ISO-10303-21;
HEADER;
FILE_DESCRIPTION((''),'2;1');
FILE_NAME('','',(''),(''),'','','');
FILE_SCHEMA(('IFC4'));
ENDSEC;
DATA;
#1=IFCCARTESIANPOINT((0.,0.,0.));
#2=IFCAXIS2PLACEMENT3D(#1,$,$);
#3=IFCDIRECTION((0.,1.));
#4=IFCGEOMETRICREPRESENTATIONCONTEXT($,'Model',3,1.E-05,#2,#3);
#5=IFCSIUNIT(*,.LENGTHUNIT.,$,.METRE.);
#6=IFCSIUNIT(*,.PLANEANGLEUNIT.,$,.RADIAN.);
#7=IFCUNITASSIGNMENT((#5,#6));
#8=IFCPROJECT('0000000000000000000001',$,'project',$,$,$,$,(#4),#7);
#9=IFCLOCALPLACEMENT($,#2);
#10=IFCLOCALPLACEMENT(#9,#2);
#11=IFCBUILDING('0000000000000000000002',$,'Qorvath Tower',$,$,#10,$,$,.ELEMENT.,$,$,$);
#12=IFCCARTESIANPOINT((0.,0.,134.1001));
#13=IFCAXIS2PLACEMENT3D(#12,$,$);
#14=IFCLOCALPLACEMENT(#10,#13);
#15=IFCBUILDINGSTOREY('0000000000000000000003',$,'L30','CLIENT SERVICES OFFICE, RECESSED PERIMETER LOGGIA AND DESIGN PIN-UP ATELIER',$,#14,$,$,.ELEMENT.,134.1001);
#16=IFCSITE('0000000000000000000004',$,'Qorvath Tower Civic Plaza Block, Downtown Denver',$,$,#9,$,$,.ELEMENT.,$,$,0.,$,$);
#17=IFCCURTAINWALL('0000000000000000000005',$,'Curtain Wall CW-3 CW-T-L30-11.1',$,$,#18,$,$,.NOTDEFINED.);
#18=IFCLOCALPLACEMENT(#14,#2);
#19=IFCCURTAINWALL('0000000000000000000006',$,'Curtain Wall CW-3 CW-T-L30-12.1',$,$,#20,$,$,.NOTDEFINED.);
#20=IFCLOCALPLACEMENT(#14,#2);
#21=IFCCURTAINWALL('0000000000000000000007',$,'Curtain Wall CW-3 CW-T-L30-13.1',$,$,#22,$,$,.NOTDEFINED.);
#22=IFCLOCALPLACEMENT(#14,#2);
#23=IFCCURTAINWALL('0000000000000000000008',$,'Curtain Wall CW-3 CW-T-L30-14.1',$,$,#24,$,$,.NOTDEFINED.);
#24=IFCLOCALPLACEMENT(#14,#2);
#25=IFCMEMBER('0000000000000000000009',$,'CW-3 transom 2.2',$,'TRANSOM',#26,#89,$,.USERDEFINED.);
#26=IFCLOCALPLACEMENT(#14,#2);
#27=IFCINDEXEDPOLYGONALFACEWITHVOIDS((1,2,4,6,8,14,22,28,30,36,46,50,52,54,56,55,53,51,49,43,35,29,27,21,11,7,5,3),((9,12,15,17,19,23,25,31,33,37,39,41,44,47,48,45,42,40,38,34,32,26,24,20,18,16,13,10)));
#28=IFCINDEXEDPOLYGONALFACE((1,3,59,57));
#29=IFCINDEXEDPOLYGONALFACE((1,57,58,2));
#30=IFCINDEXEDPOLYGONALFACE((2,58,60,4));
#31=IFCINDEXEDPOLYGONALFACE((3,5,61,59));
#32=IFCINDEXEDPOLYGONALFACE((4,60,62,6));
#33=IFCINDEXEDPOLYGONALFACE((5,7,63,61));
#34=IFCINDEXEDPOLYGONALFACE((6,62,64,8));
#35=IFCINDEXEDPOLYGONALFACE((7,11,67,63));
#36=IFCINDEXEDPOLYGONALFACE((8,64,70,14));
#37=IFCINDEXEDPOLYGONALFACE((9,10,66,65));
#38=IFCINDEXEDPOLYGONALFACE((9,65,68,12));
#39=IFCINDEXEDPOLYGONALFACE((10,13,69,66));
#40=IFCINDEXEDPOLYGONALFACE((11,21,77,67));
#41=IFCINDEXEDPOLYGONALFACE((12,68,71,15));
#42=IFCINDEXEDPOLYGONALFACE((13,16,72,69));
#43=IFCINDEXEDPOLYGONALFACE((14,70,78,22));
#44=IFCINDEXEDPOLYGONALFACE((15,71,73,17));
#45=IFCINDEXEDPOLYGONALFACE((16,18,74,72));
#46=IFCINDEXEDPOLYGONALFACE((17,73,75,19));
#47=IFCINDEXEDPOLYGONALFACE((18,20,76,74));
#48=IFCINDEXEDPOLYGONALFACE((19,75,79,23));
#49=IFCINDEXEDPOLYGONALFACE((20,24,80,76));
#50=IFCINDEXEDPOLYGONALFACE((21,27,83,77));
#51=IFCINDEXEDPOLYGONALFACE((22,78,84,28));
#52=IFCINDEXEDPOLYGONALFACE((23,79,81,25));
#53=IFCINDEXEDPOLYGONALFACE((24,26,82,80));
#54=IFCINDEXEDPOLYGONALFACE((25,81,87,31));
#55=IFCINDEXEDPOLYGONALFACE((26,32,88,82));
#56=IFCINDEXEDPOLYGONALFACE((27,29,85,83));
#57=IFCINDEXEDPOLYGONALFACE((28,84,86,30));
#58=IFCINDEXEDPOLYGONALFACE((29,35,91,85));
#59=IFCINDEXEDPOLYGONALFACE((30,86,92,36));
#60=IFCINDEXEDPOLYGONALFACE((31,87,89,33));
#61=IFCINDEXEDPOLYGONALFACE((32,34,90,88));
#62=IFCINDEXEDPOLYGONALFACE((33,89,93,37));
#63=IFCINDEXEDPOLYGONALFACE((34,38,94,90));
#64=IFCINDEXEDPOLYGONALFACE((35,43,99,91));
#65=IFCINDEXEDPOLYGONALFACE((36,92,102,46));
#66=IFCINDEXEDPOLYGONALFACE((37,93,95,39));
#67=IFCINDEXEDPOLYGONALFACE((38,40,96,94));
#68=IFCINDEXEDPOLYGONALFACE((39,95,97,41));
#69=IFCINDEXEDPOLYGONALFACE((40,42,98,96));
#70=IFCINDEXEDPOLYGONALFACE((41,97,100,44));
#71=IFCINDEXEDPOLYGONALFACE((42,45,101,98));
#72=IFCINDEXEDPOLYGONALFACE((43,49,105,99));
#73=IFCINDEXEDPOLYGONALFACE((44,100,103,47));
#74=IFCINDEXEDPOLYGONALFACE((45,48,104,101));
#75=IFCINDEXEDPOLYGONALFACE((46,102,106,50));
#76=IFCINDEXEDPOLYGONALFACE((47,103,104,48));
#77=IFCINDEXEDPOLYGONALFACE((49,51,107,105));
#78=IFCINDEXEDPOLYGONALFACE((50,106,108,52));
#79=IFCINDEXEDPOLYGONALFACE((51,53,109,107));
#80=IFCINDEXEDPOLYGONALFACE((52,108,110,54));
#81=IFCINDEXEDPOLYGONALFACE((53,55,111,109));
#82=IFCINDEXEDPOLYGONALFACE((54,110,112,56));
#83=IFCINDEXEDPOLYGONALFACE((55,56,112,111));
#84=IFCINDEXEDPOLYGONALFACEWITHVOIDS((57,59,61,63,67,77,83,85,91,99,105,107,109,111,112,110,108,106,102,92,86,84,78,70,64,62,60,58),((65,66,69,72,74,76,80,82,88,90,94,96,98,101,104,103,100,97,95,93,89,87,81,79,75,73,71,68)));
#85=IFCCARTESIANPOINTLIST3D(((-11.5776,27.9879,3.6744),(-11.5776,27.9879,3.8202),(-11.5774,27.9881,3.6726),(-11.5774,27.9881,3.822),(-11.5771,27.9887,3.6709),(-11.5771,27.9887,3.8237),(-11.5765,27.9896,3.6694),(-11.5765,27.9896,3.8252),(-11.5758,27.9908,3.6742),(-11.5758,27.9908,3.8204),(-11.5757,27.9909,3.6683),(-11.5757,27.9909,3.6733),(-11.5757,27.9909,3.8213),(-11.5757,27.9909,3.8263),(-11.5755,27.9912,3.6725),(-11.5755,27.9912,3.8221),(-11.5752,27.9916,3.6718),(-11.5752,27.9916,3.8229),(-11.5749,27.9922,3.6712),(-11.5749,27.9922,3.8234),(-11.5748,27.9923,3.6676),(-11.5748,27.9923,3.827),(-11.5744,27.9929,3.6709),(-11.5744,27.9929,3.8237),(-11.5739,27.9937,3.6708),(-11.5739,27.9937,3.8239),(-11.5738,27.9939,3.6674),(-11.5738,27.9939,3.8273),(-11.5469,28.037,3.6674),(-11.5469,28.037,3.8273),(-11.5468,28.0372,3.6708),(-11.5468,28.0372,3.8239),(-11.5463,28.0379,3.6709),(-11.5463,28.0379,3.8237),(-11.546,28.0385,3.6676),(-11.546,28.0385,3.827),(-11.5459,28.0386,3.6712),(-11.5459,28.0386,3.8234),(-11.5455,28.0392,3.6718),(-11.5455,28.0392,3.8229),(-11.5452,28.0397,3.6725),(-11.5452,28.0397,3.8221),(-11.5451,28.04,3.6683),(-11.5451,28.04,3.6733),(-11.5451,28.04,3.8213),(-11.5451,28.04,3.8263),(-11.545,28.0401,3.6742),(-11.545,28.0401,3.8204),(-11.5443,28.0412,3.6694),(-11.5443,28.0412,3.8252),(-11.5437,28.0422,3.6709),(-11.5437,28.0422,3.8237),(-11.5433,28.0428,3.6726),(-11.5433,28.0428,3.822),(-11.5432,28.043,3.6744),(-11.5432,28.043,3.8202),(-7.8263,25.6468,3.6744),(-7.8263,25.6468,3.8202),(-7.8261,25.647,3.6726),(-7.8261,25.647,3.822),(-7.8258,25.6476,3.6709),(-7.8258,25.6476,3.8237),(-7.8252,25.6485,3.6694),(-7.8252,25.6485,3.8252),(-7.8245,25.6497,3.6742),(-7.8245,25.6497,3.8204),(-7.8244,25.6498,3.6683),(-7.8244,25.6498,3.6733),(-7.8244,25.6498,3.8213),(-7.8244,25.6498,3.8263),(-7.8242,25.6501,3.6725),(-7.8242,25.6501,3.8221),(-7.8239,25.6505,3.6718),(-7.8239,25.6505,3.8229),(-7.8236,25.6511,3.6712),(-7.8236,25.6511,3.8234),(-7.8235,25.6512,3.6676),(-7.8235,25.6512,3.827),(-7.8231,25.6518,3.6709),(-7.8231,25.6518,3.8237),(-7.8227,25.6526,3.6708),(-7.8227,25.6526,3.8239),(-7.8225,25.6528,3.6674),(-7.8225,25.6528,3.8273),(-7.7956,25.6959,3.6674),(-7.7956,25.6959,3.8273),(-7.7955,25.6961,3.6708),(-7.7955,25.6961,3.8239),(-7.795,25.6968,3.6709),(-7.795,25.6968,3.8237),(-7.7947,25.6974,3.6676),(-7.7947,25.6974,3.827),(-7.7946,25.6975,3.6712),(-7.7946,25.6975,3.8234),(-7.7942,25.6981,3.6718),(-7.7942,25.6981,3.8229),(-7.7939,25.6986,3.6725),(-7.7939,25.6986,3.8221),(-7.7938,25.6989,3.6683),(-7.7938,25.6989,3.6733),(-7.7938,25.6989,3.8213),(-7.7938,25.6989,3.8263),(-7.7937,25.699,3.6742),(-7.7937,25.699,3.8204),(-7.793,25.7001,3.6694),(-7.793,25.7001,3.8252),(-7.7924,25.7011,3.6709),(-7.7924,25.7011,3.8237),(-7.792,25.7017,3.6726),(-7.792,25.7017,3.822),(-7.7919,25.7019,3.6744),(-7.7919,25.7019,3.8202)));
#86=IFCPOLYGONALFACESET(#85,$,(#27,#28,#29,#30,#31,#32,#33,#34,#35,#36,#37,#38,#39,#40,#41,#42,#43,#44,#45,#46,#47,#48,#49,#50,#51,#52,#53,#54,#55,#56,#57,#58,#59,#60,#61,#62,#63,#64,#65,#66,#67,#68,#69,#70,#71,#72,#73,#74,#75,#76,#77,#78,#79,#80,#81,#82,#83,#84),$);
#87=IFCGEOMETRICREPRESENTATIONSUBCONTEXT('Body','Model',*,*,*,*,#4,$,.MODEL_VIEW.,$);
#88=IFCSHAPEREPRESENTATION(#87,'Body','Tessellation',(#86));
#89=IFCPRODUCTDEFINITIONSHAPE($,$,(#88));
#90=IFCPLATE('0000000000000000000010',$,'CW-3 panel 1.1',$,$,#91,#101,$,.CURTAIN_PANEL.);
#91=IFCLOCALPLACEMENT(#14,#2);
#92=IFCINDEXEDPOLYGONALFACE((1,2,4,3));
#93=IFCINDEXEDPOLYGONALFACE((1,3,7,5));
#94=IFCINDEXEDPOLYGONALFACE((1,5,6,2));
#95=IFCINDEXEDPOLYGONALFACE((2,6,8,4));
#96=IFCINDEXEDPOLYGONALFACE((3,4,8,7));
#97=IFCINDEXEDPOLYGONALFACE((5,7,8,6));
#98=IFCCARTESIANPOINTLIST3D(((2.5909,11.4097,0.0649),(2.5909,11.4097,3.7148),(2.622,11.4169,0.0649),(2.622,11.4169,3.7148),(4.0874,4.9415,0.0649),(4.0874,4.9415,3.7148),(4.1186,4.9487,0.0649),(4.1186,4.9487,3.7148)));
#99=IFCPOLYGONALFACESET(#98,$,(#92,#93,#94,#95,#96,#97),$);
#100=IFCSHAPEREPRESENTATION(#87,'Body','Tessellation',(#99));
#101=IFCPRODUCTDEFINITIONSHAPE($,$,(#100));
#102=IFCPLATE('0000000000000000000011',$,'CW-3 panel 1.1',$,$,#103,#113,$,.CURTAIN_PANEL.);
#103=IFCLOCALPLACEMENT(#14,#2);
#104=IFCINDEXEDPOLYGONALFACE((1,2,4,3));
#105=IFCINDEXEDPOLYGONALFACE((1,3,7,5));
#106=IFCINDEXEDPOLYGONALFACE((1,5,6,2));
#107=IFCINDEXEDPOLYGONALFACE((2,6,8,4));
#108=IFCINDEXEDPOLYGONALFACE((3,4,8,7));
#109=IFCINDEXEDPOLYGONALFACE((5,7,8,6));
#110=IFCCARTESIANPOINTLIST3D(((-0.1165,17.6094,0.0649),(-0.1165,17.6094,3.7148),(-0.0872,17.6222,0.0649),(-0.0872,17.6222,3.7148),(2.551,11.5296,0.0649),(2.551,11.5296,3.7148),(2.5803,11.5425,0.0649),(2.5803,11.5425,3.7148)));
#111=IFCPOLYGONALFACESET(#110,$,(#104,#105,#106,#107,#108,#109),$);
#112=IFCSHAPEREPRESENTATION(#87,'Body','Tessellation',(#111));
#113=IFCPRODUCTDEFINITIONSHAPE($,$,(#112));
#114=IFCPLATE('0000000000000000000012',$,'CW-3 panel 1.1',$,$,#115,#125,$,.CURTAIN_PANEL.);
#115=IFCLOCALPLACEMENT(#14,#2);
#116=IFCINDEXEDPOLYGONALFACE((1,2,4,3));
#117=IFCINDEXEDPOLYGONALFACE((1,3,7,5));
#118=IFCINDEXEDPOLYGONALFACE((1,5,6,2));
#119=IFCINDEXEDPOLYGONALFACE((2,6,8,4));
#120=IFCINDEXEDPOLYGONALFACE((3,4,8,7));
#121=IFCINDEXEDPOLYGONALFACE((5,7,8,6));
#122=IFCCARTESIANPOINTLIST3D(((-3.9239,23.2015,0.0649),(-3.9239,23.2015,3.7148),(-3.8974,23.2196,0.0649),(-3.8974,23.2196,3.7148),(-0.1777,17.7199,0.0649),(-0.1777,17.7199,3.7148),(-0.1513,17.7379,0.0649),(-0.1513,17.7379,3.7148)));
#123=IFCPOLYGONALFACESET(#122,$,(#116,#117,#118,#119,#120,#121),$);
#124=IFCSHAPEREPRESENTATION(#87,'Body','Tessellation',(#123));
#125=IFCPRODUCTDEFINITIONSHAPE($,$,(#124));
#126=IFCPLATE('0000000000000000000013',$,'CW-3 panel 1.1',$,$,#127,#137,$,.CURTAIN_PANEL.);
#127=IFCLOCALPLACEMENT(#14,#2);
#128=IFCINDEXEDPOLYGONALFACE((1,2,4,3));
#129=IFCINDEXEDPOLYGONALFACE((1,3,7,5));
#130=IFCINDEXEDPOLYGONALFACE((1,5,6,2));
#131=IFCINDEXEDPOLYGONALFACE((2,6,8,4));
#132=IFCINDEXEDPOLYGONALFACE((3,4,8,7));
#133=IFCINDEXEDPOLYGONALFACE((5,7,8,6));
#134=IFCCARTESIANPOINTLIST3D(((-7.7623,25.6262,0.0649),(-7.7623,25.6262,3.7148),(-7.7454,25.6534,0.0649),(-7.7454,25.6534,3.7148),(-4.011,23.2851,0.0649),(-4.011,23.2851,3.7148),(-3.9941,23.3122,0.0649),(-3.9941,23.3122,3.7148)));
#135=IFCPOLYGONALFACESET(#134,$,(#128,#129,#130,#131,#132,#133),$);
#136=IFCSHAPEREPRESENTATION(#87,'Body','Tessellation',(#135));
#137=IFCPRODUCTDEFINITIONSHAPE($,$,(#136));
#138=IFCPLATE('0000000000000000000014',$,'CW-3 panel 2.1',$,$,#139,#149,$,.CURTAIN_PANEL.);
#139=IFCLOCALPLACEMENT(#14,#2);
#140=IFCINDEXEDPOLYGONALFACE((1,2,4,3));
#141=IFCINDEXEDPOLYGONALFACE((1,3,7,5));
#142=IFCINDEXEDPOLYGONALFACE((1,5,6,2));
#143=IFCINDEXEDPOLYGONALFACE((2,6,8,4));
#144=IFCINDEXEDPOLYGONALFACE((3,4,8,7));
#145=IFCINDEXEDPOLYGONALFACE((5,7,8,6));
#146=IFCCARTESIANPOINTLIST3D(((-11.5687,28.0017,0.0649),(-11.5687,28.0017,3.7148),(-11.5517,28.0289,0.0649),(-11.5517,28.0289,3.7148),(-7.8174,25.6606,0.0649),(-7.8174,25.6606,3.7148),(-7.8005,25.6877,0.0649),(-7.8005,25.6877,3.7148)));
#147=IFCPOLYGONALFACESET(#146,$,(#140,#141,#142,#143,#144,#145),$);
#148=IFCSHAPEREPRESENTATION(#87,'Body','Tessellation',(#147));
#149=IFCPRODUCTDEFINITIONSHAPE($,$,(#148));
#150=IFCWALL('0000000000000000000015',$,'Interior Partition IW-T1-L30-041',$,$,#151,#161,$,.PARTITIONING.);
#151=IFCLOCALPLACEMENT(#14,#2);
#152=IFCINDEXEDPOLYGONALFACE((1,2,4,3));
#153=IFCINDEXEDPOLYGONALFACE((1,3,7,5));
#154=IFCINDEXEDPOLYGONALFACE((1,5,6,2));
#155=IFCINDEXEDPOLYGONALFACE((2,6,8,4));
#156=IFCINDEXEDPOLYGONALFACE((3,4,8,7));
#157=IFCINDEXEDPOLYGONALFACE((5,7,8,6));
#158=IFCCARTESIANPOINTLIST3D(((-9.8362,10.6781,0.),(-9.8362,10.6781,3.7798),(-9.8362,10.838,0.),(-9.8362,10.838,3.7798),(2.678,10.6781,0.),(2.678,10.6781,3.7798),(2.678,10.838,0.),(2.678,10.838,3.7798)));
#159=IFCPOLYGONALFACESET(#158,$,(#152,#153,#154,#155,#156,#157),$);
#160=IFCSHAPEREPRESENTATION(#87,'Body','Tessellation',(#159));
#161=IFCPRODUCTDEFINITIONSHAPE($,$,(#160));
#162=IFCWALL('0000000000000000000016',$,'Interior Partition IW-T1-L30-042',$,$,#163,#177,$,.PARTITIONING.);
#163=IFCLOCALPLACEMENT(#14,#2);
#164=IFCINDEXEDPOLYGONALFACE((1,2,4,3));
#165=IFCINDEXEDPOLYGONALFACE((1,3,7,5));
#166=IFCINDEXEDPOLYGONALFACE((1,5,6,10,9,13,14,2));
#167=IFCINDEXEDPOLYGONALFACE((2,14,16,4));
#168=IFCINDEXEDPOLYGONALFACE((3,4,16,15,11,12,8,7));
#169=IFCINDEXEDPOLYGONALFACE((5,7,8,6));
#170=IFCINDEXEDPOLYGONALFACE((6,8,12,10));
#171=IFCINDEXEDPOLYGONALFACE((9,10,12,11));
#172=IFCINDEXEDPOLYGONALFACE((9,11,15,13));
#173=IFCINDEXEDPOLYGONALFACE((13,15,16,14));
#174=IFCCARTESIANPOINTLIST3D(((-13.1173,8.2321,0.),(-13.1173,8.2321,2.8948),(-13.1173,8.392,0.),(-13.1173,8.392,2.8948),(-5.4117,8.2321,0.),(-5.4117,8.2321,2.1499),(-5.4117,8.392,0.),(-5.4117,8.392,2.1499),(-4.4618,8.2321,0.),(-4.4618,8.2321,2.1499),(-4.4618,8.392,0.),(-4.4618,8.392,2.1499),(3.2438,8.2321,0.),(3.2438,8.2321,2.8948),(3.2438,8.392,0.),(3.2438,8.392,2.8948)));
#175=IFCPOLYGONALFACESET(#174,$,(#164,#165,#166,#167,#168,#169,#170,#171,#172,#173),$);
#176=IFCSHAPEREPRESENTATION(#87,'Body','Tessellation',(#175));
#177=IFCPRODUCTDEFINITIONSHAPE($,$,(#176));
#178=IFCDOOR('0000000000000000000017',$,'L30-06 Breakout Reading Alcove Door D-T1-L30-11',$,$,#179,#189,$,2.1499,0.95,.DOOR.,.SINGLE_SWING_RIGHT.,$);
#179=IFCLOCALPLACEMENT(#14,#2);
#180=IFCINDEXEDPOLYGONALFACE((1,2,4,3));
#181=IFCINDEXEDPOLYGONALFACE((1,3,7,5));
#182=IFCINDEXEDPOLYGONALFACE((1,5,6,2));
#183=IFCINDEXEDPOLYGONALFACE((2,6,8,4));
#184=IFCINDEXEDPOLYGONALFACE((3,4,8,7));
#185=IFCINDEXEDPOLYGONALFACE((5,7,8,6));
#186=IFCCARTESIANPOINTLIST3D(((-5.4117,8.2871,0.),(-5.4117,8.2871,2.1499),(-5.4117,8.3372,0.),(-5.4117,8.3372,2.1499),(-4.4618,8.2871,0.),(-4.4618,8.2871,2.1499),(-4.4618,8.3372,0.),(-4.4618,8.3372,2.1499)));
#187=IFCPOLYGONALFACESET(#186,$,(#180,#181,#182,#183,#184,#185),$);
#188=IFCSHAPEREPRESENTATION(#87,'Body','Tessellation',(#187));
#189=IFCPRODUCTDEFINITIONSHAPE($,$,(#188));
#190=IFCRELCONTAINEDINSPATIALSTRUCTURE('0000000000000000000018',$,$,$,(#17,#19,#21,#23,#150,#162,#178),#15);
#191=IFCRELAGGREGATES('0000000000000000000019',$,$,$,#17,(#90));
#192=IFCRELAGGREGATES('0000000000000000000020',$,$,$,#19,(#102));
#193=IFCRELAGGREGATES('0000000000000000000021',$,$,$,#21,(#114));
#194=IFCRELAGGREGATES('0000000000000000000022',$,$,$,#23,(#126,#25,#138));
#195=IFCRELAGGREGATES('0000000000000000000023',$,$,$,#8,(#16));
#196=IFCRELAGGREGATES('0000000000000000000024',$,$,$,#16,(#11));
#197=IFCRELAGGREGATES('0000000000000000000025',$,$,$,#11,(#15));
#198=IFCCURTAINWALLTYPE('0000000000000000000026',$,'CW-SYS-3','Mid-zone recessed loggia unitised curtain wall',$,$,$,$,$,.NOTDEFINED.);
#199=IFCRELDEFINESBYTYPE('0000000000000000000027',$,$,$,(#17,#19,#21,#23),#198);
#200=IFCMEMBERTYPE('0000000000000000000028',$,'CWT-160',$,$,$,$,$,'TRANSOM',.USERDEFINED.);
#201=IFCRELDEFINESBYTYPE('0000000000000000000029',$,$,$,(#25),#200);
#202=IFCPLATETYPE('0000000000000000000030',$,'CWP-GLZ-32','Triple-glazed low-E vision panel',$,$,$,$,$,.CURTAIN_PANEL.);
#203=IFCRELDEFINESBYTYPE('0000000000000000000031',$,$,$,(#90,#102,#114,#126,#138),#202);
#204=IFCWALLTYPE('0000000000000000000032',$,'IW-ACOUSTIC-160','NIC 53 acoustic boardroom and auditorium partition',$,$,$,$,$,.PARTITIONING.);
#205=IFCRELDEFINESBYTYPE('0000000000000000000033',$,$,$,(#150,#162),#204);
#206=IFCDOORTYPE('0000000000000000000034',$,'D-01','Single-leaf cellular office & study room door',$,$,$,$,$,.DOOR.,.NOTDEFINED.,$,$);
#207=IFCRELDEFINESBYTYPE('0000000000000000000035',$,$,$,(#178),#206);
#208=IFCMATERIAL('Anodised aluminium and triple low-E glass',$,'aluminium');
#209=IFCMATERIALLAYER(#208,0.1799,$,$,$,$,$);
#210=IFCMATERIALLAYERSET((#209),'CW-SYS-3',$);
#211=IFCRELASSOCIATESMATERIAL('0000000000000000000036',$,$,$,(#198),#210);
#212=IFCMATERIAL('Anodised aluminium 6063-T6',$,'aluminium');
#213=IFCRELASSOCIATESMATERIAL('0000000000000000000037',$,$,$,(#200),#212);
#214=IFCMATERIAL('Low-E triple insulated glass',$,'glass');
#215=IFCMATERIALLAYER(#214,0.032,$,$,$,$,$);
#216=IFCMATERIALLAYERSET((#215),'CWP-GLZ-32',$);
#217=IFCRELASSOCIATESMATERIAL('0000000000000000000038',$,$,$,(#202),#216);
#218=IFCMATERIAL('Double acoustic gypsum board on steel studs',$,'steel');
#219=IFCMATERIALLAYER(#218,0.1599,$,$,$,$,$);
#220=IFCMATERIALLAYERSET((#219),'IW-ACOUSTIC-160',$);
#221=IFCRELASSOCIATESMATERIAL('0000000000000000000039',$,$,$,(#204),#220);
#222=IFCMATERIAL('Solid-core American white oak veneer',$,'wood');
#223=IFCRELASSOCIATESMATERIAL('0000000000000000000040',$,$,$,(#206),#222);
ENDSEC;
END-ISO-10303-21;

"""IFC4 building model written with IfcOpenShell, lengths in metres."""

from ifc_helpers import new_model, si_unit, direction, frame, frame_2d, origin, origin_2d, place, context, subcontext, project, spatial, rectangle, hollow_rectangle, extrude, material, layer, layer_set, material_profile, profile_set, type_object, element, fill, aggregate, save


model = new_model("IFC4")

# Units and contexts
model_context = context("Model", 3, precision=1e-05, world=origin(), true_north=direction((0.0, 1.0)))
body_context = subcontext(model_context, "Body", "Model", "MODEL_VIEW")
ifc_project = project(units=[si_unit("LENGTHUNIT", "METRE"), si_unit("PLANEANGLEUNIT", "RADIAN")], contexts=[model_context])

# Site, building, storey
site_placement = place(None, origin())
site = spatial("IfcSite", under=ifc_project, at=site_placement, Name="Qorvath Tower Civic Plaza Block, Downtown Denver", CompositionType="ELEMENT", RefElevation=0.0)
building_placement = place(site_placement, origin())
building = spatial("IfcBuilding", under=site, at=building_placement, Name="Qorvath Tower", CompositionType="ELEMENT")
storey_placement = place(building_placement, frame((0.0, 0.0, 134.1001)))
storey = spatial("IfcBuildingStorey", under=building, at=storey_placement, Name="L30", Description="CLIENT SERVICES OFFICE, RECESSED PERIMETER LOGGIA AND DESIGN PIN-UP ATELIER", CompositionType="ELEMENT", Elevation=134.1001)

# Curtain wall
ifc_material_1 = material(Name="Anodised aluminium and triple low-E glass", Category="aluminium")
ifc_layer_1 = layer(ifc_material_1, 0.1799)
ifc_layer_set_1 = layer_set([ifc_layer_1], Name="CW-SYS-3")
curtain_wall_type = type_object("IfcCurtainWallType", Name="CW-SYS-3", Description="Mid-zone recessed loggia unitised curtain wall", PredefinedType="NOTDEFINED", material=ifc_layer_set_1)
curtain_wall_1_placement = place(storey_placement, origin())
curtain_wall_1 = element("IfcCurtainWall", 1, at=curtain_wall_1_placement, inside=storey, type_object=curtain_wall_type, Name="Curtain Wall CW-3 CW-T-L30-11.1", PredefinedType="NOTDEFINED")

# Curtain walls
curtain_wall_2_placement = place(storey_placement, origin())
curtain_wall_2 = element("IfcCurtainWall", 2, at=curtain_wall_2_placement, inside=storey, type_object=curtain_wall_type, Name="Curtain Wall CW-3 CW-T-L30-12.1", PredefinedType="NOTDEFINED")
curtain_wall_3_placement = place(storey_placement, origin())
curtain_wall_3 = element("IfcCurtainWall", 3, at=curtain_wall_3_placement, inside=storey, type_object=curtain_wall_type, Name="Curtain Wall CW-3 CW-T-L30-13.1", PredefinedType="NOTDEFINED")
curtain_wall_4_placement = place(storey_placement, origin())
curtain_wall_4 = element("IfcCurtainWall", 4, at=curtain_wall_4_placement, inside=storey, type_object=curtain_wall_type, Name="Curtain Wall CW-3 CW-T-L30-14.1", PredefinedType="NOTDEFINED")

# Member
ifc_material_2 = material(Name="Anodised aluminium 6063-T6", Category="aluminium")
ifc_material_profile_1 = material_profile(ifc_material_2, hollow_rectangle(XDim=0.0649, YDim=0.1599, WallThickness=0.0034, InnerFilletRadius=0.0034, OuterFilletRadius=0.0071, at=origin_2d()), Name="CWT 160x65")
ifc_profile_set_1 = profile_set([ifc_material_profile_1], Name="Anodised aluminium 6063-T6")
member_type_1 = type_object("IfcMemberType", Name="CWT-160", ElementType="TRANSOM", PredefinedType="USERDEFINED", material=ifc_profile_set_1)
member_1_placement = place(storey_placement, frame((-7.8091, 25.6743, 3.7473), z_axis=(-0.848349, 0.529438, 0.0), x_axis=(-0.529438, -0.848349, 0.0)))
member_1 = element("IfcMember", 5, at=member_1_placement, type_object=member_type_1, Name="CW-3 transom 2.2", ObjectType="TRANSOM", PredefinedType="USERDEFINED", context=body_context, shape_type="SweptSolid", body=[
    extrude(hollow_rectangle(XDim=0.0649, YDim=0.1599, WallThickness=0.0034, InnerFilletRadius=0.0034, OuterFilletRadius=0.0071, at=origin_2d()), origin(), (0.0, 0.0, 1.0), 4.4219),
])

# Plates
ifc_material_3 = material(Name="Low-E triple insulated glass", Category="glass")
ifc_layer_2 = layer(ifc_material_3, 0.032)
ifc_layer_set_2 = layer_set([ifc_layer_2], Name="CWP-GLZ-32")
plate_type = type_object("IfcPlateType", Name="CWP-GLZ-32", Description="Triple-glazed low-E vision panel", PredefinedType="CURTAIN_PANEL", material=ifc_layer_set_2)
plate_1_placement = place(storey_placement, frame((3.3547, 8.1792, 0.0649), z_axis=(0.0, 0.0, 1.0), x_axis=(-0.225417, 0.974262, 0.0)))
plate_1 = element("IfcPlate", 6, at=plate_1_placement, type_object=plate_type, Name="CW-3 panel 1.1", PredefinedType="CURTAIN_PANEL", context=body_context, shape_type="SweptSolid", body=[
    extrude(rectangle(XDim=6.6392, YDim=0.032, at=origin_2d()), origin(), (0.0, 0.0, 1.0), 3.6499),
])
aggregate(curtain_wall_1, [plate_1])
plate_2_placement = place(storey_placement, frame((1.2319, 14.5759, 0.0649), z_axis=(0.0, 0.0, 1.0), x_axis=(-0.401782, 0.915735, 0.0)))
plate_2 = element("IfcPlate", 7, at=plate_2_placement, type_object=plate_type, Name="CW-3 panel 1.1", PredefinedType="CURTAIN_PANEL", context=body_context, shape_type="SweptSolid", body=[
    extrude(rectangle(XDim=6.6392, YDim=0.032, at=origin_2d()), origin(), (0.0, 0.0, 1.0), 3.6499),
])
aggregate(curtain_wall_2, [plate_2])
plate_3_placement = place(storey_placement, frame((-2.0376, 20.4697, 0.0649), z_axis=(0.0, 0.0, 1.0), x_axis=(-0.564223, 0.825623, 0.0)))
plate_3 = element("IfcPlate", 8, at=plate_3_placement, type_object=plate_type, Name="CW-3 panel 1.1", PredefinedType="CURTAIN_PANEL", context=body_context, shape_type="SweptSolid", body=[
    extrude(rectangle(XDim=6.6394, YDim=0.032, at=origin_2d()), origin(), (0.0, 0.0, 1.0), 3.6499),
])
aggregate(curtain_wall_3, [plate_3])
plate_4_placement = place(storey_placement, frame((-5.8782, 24.4692, 0.0649), z_axis=(0.0, 0.0, 1.0), x_axis=(-0.848347, 0.52944, 0.0)))
plate_4 = element("IfcPlate", 9, at=plate_4_placement, type_object=plate_type, Name="CW-3 panel 1.1", PredefinedType="CURTAIN_PANEL", context=body_context, shape_type="SweptSolid", body=[
    extrude(rectangle(XDim=4.4219, YDim=0.032, at=origin_2d()), origin(), (0.0, 0.0, 1.0), 3.6499),
])
plate_5_placement = place(storey_placement, frame((-9.6846, 26.8447, 0.0649), z_axis=(0.0, 0.0, 1.0), x_axis=(-0.848347, 0.52944, 0.0)))
plate_5 = element("IfcPlate", 10, at=plate_5_placement, type_object=plate_type, Name="CW-3 panel 2.1", PredefinedType="CURTAIN_PANEL", context=body_context, shape_type="SweptSolid", body=[
    extrude(rectangle(XDim=4.4219, YDim=0.032, at=origin_2d()), origin(), (0.0, 0.0, 1.0), 3.6499),
])
aggregate(curtain_wall_4, [plate_4, member_1, plate_5])

# Wall
ifc_material_4 = material(Name="Double acoustic gypsum board on steel studs", Category="steel")
ifc_layer_3 = layer(ifc_material_4, 0.1599)
ifc_layer_set_3 = layer_set([ifc_layer_3], Name="IW-ACOUSTIC-160")
wall_type = type_object("IfcWallType", Name="IW-ACOUSTIC-160", Description="NIC 53 acoustic boardroom and auditorium partition", PredefinedType="PARTITIONING", material=ifc_layer_set_3)
wall_1_placement = place(storey_placement, frame((2.678, 10.7581, 0.0), z_axis=(0.0, 0.0, 1.0), x_axis=(-1.0, 0.0, 0.0)))
element("IfcWall", 11, at=wall_1_placement, inside=storey, type_object=wall_type, Name="Interior Partition IW-T1-L30-041", PredefinedType="PARTITIONING", context=body_context, shape_type="SweptSolid", body=[
    extrude(rectangle(XDim=12.5142, YDim=0.1599, at=frame_2d((6.2571, 0.0))), origin(), (0.0, 0.0, 1.0), 3.7798),
])

# Wall, opening, door
wall_2_placement = place(storey_placement, frame((3.2439, 8.312, 0.0), z_axis=(0.0, 0.0, 1.0), x_axis=(-1.0, 0.0, 0.0)))
wall_2 = element("IfcWall", 12, at=wall_2_placement, inside=storey, type_object=wall_type, Name="Interior Partition IW-T1-L30-042", PredefinedType="PARTITIONING", context=body_context, shape_type="SweptSolid", body=[
    extrude(rectangle(XDim=16.3611, YDim=0.1599, at=frame_2d((8.1807, 0.0))), origin(), (0.0, 0.0, 1.0), 2.8948),
])
opening_placement = place(wall_2_placement, frame((7.7056, 0.0, 0.0)))
opening = element("IfcOpeningElement", 13, at=opening_placement, cuts=wall_2, PredefinedType="OPENING", context=body_context, shape_type="SweptSolid", body=[
    extrude(rectangle(XDim=0.95, YDim=2.1499, at=frame_2d((0.4751, 1.075))), frame((0.0, 0.0898, 0.0), z_axis=(0.0, -1.0, 0.0), x_axis=(1.0, 0.0, 0.0)), (0.0, 0.0, 1.0), 0.1799),
])
ifc_material_5 = material(Name="Solid-core American white oak veneer", Category="wood")
door_type = type_object("IfcDoorType", Name="D-01", Description="Single-leaf cellular office & study room door", OperationType="NOTDEFINED", PredefinedType="DOOR", material=ifc_material_5)
door_placement = place(opening_placement, origin())
door = element("IfcDoor", 14, at=door_placement, inside=storey, type_object=door_type, Name="L30-06 Breakout Reading Alcove Door D-T1-L30-11", OperationType="SINGLE_SWING_RIGHT", OverallHeight=2.1499, OverallWidth=0.95, PredefinedType="DOOR", context=body_context, shape_type="SweptSolid", body=[
    extrude(rectangle(XDim=0.95, YDim=2.1499, at=frame_2d((0.4751, 1.075))), frame((0.0, 0.0249, 0.0), z_axis=(0.0, -1.0, 0.0), x_axis=(1.0, 0.0, 0.0)), (0.0, 0.0, 1.0), 0.05),
])
fill(opening, door)

save(model, "model.ifc")
